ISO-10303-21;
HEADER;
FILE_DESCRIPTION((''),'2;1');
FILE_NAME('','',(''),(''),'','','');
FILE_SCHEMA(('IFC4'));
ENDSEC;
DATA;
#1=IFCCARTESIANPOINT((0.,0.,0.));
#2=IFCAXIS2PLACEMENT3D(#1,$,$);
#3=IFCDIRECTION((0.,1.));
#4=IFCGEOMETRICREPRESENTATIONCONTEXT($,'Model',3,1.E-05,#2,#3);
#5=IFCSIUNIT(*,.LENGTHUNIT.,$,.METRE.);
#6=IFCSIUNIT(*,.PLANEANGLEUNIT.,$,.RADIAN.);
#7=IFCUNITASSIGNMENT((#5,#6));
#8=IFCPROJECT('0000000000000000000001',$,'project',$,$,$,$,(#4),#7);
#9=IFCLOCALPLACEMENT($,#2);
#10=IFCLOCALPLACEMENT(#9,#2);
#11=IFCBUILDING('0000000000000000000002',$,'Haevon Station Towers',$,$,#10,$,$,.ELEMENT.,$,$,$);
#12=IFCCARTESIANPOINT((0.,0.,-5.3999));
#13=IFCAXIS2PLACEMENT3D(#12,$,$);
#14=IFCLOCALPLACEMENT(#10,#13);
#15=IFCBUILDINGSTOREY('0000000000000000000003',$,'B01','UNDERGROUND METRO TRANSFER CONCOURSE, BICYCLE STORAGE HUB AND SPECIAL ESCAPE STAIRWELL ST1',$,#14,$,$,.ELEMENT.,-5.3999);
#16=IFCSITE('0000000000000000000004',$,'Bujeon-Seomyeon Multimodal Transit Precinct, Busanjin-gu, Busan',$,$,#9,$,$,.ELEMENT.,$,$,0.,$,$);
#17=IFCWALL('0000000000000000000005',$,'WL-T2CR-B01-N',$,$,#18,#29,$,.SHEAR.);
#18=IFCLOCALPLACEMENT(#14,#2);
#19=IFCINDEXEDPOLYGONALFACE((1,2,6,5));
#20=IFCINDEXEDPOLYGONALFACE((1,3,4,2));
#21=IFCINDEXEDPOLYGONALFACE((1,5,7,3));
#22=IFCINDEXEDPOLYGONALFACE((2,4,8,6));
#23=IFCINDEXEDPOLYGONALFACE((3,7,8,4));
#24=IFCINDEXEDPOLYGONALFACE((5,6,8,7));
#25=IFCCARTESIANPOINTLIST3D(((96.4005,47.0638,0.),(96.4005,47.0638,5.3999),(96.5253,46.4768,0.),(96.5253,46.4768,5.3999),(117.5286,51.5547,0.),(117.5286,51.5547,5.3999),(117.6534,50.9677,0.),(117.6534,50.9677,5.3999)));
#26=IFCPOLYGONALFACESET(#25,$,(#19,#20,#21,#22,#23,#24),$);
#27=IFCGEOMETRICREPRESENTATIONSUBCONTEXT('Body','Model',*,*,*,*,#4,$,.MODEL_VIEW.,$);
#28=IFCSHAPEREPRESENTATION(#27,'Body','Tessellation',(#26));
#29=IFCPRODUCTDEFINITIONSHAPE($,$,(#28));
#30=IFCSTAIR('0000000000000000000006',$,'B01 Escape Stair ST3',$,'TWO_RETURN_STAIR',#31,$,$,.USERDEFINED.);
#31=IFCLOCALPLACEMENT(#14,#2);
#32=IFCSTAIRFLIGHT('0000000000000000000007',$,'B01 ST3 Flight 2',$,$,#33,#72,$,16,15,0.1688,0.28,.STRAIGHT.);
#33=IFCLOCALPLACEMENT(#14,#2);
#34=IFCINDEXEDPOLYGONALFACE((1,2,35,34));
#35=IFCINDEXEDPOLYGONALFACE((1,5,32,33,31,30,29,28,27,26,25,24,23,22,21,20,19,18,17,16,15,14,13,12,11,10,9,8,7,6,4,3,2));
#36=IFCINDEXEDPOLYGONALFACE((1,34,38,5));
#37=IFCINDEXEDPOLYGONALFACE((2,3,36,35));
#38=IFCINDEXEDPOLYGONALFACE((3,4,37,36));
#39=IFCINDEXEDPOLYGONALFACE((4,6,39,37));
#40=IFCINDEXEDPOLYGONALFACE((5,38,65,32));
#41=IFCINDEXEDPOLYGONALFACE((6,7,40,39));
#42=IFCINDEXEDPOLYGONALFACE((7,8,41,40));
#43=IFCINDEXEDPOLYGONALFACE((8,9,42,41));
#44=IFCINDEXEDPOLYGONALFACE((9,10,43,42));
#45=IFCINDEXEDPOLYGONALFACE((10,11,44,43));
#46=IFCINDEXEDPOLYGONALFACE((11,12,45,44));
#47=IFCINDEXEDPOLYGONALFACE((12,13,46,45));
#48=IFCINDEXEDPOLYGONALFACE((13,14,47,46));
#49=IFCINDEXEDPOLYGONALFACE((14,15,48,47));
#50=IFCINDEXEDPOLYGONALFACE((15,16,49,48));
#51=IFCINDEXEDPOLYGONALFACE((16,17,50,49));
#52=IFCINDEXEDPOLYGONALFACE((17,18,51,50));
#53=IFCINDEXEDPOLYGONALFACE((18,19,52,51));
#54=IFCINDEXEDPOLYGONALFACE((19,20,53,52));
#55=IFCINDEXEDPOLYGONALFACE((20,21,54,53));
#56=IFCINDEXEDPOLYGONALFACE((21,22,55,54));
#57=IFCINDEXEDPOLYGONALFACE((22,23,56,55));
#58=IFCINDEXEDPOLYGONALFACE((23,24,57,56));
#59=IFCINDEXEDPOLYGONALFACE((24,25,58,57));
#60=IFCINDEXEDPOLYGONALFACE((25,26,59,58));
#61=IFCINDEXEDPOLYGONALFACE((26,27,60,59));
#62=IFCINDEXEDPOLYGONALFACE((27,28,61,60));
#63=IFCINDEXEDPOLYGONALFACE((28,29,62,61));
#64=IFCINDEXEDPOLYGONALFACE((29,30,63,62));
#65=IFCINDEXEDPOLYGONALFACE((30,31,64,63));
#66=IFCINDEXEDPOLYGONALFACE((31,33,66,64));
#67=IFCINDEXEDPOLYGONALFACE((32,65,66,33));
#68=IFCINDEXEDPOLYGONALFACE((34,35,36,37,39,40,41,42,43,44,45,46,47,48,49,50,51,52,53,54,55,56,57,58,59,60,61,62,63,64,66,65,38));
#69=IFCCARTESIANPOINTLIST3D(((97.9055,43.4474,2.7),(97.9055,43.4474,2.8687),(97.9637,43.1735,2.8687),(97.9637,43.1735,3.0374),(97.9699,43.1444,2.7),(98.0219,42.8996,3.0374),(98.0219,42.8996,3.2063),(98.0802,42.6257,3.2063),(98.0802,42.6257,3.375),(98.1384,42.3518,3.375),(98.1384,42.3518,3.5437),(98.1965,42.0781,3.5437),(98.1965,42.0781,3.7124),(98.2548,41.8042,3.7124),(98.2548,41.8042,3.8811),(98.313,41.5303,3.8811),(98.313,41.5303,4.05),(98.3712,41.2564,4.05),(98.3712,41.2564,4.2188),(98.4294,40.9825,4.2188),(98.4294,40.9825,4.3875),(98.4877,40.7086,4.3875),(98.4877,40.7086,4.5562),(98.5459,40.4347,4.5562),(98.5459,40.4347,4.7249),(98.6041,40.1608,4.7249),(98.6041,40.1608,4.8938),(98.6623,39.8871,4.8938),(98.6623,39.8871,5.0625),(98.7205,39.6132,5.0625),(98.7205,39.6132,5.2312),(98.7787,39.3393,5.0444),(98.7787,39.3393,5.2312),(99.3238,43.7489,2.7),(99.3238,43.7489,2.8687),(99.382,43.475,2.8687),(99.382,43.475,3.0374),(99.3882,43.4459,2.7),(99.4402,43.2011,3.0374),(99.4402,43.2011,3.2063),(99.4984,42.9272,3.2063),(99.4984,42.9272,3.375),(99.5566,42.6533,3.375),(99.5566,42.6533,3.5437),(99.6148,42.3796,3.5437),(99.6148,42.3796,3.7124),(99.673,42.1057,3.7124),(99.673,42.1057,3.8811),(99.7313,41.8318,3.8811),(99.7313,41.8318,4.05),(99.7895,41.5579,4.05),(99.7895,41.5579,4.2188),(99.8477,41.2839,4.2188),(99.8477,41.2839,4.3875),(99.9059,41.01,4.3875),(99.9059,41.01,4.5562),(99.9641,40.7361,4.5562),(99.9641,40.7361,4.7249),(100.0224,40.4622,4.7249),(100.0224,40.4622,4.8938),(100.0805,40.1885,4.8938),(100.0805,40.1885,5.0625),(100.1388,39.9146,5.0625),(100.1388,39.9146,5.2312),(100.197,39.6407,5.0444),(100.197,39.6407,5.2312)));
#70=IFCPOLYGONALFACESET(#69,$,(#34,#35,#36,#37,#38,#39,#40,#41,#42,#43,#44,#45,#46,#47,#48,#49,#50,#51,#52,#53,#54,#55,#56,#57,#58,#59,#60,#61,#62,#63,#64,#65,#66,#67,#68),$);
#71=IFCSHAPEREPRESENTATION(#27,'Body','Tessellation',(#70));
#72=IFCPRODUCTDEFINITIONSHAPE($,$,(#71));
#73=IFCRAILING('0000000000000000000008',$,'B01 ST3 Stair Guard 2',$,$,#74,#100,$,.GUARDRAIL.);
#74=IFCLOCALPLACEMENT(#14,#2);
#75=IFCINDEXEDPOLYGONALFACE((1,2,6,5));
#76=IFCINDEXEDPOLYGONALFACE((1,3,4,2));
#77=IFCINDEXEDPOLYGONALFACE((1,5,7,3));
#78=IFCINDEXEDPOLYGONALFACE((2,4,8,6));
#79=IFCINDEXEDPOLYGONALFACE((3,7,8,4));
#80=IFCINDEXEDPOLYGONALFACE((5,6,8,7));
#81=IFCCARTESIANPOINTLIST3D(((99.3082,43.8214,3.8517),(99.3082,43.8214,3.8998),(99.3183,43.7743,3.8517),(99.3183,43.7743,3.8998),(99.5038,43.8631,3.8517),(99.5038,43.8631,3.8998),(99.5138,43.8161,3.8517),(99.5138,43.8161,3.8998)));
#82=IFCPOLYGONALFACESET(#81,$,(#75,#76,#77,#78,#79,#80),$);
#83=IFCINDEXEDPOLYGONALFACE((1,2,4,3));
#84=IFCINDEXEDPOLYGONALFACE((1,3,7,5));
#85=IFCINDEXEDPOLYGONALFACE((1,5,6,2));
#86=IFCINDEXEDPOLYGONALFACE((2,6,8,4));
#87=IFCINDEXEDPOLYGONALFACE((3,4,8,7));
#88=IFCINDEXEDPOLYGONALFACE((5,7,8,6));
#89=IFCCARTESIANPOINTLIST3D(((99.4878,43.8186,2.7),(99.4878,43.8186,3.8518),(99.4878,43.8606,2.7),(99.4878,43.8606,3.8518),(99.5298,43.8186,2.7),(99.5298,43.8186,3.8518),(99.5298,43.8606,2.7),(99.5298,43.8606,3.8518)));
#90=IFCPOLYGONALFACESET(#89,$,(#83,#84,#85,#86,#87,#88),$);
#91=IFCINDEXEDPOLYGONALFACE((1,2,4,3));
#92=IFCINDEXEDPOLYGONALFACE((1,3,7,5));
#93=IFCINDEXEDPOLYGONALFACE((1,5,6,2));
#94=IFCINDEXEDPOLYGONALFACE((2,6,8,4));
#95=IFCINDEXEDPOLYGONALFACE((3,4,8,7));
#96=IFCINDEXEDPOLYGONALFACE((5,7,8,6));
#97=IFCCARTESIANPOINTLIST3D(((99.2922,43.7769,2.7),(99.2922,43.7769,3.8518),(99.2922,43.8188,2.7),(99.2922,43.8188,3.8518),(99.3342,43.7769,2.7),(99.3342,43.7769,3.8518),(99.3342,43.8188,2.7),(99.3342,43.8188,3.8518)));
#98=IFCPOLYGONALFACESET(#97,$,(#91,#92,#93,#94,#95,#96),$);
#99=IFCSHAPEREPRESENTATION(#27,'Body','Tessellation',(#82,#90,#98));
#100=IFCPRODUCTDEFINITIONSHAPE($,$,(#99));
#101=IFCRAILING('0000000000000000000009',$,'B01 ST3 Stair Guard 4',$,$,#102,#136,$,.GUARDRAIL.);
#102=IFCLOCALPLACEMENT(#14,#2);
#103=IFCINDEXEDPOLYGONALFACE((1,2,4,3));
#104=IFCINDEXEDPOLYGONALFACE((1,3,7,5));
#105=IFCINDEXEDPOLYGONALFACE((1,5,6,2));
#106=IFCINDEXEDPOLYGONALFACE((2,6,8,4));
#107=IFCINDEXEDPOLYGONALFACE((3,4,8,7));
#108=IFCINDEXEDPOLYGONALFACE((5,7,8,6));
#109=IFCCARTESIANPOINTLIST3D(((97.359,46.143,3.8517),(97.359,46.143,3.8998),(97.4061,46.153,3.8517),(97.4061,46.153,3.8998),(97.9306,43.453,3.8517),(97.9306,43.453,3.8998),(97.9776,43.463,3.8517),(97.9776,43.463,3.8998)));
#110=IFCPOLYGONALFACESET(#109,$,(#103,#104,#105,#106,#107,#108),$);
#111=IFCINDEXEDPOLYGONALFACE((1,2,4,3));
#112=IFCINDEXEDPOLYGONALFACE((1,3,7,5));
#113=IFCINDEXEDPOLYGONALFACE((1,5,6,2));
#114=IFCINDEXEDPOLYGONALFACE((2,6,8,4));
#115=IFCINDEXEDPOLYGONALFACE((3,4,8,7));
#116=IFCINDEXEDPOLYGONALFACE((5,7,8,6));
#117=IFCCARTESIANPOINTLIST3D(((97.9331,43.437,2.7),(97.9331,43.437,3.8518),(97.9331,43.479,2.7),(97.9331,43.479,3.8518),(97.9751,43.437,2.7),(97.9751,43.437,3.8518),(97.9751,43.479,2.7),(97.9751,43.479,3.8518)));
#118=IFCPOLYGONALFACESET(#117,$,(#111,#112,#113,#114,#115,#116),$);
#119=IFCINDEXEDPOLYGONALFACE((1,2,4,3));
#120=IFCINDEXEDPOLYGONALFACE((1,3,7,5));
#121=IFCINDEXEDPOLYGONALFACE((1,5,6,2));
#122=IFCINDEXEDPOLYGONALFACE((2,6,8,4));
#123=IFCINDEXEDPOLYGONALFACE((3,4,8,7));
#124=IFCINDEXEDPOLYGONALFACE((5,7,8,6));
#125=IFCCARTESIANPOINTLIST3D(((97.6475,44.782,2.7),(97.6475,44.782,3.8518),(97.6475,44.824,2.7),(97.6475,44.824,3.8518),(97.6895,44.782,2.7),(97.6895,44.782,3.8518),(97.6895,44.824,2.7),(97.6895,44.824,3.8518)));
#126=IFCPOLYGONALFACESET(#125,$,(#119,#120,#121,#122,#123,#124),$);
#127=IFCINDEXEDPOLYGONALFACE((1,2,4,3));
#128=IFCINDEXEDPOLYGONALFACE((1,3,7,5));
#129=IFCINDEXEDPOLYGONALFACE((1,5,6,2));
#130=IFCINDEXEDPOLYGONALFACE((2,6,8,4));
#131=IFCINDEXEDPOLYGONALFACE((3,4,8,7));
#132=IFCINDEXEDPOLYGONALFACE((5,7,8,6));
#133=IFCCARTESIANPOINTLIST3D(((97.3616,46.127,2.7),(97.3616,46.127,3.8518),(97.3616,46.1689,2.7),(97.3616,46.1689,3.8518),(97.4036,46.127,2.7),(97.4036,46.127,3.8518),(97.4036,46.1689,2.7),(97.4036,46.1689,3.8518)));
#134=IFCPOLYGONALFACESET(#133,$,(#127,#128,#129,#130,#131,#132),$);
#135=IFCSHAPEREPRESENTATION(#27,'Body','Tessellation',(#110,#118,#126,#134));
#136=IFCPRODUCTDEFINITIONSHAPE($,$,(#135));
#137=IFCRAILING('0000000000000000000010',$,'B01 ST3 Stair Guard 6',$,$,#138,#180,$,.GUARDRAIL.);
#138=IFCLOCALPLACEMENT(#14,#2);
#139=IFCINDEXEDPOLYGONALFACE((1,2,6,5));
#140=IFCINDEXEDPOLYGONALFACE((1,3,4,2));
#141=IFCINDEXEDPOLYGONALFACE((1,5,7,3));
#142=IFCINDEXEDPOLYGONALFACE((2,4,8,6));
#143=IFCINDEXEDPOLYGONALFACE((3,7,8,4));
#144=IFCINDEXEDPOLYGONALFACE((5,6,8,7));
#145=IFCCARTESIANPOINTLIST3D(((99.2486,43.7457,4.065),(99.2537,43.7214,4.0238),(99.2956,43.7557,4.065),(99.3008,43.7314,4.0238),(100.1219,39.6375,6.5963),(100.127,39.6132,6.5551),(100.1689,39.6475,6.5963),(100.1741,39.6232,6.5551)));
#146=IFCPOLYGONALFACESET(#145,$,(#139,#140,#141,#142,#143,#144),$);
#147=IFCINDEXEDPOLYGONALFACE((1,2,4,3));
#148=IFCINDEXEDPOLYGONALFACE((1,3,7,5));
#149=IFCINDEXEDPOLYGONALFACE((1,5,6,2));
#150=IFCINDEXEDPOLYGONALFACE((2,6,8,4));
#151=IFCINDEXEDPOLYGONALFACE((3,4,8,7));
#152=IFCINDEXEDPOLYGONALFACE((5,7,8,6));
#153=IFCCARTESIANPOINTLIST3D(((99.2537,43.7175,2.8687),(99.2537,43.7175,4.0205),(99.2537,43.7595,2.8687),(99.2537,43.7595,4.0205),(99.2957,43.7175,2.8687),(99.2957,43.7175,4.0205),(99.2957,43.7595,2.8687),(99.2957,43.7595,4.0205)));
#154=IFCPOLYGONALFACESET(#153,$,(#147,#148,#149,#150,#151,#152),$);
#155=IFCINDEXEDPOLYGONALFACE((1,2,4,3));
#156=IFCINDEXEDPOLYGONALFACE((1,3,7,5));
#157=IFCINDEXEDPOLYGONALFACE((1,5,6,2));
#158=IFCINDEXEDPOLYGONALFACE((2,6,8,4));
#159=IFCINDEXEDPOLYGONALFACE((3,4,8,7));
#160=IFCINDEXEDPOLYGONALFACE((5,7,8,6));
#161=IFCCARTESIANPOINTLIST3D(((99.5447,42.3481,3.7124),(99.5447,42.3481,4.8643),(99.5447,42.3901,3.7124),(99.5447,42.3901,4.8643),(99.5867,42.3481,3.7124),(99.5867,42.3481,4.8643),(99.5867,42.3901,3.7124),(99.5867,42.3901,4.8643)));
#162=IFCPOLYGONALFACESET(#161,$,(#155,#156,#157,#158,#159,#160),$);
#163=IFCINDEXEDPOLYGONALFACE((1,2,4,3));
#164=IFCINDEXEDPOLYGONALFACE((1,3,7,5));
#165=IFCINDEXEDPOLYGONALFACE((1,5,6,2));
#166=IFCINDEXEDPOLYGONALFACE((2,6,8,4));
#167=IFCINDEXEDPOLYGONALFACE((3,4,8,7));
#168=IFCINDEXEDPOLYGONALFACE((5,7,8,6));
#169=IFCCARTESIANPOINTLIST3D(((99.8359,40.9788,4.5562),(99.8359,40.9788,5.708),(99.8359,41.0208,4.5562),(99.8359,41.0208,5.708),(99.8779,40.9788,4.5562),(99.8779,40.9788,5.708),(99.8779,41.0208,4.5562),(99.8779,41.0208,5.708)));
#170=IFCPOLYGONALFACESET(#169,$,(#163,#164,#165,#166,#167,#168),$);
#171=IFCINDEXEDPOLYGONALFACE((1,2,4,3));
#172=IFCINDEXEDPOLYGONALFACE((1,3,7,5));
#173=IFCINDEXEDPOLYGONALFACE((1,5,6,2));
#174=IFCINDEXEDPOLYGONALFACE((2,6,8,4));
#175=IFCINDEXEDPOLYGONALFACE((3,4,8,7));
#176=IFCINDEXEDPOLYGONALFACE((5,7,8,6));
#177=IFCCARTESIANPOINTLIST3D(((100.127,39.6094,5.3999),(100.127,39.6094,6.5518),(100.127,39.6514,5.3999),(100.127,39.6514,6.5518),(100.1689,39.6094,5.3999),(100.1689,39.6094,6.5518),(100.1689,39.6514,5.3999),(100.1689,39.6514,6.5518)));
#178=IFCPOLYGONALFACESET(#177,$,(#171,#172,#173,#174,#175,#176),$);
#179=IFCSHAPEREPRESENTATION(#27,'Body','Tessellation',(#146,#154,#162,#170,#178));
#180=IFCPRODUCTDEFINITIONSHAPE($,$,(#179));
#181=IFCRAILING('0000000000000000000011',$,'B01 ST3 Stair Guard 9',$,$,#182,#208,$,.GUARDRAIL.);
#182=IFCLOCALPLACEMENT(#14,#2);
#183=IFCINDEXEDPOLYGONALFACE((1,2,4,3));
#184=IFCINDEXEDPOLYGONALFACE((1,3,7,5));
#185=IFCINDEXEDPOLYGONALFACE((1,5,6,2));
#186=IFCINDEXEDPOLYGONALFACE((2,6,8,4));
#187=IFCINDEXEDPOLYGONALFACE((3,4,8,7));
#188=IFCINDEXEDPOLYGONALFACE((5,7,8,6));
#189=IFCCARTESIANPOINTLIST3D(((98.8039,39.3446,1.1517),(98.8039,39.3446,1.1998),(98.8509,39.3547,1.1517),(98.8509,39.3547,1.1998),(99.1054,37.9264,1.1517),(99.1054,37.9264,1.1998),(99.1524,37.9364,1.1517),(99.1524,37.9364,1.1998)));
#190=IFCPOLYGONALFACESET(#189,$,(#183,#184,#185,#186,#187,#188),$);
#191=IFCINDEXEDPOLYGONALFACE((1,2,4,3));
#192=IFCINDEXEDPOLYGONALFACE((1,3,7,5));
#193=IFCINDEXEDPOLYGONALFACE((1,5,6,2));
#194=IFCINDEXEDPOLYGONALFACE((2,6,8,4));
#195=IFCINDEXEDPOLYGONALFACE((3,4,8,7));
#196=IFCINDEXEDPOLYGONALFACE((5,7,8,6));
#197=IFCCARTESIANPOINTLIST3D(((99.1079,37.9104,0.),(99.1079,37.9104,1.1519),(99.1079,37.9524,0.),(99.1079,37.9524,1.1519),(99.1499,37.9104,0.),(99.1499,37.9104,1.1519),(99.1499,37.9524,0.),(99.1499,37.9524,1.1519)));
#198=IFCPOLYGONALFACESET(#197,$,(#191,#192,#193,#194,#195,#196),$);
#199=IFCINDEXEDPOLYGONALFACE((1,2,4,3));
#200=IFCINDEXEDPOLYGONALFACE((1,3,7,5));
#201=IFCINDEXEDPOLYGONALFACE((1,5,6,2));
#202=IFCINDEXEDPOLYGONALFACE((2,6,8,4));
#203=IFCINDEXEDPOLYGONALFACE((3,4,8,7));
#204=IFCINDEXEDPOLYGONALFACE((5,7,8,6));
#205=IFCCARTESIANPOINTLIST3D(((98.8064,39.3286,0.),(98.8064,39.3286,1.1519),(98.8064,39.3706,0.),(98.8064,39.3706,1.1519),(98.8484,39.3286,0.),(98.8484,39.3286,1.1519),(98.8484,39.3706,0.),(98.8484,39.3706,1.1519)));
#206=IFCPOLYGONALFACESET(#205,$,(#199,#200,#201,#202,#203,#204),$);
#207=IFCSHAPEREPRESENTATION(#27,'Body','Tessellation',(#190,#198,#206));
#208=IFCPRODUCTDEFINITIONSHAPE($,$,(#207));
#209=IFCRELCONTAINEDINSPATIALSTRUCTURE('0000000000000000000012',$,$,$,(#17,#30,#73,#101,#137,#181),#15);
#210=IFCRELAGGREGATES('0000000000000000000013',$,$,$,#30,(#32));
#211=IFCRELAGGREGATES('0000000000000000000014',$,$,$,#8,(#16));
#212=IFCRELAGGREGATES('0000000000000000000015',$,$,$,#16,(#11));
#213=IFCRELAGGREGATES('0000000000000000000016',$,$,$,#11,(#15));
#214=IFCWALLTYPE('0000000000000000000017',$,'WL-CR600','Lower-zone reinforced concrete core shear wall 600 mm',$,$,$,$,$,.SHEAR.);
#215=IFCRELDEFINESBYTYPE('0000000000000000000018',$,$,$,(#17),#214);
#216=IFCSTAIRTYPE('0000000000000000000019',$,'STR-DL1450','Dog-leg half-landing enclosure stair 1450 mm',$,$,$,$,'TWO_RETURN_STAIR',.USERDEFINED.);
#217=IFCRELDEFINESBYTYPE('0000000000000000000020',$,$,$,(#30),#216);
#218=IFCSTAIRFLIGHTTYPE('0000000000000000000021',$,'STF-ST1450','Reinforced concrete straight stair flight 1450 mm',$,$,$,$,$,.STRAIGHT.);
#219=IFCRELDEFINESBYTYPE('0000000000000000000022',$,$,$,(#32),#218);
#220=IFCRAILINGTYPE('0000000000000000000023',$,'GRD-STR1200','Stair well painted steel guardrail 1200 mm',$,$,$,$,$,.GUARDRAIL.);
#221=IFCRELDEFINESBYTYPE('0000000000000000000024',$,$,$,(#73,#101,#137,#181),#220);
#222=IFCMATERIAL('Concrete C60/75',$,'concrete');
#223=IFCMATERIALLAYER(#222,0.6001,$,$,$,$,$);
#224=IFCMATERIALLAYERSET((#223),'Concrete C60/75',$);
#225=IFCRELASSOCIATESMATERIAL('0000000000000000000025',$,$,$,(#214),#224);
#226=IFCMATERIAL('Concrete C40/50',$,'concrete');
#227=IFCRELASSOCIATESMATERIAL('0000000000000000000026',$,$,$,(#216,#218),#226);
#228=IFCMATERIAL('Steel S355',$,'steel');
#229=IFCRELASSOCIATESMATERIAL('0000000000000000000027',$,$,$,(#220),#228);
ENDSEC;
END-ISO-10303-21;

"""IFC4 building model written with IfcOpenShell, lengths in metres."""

from ifc_helpers import new_model, si_unit, direction, frame, frame_2d, origin, origin_2d, place, context, subcontext, project, spatial, polyline, rectangle, outline, extrude, material, layer, layer_set, type_object, element, aggregate, save


model = new_model("IFC4")

# Units and contexts
model_context = context("Model", 3, precision=1e-05, world=origin(), true_north=direction((0.0, 1.0)))
body_context = subcontext(model_context, "Body", "Model", "MODEL_VIEW")
ifc_project = project(units=[si_unit("LENGTHUNIT", "METRE"), si_unit("PLANEANGLEUNIT", "RADIAN")], contexts=[model_context])

# Site, building, storey
site_placement = place(None, origin())
site = spatial("IfcSite", under=ifc_project, at=site_placement, Name="Bujeon-Seomyeon Multimodal Transit Precinct, Busanjin-gu, Busan", CompositionType="ELEMENT", RefElevation=0.0)
building_placement = place(site_placement, origin())
building = spatial("IfcBuilding", under=site, at=building_placement, Name="Haevon Station Towers", CompositionType="ELEMENT")
storey_placement = place(building_placement, frame((0.0, 0.0, -5.3999)))
storey = spatial("IfcBuildingStorey", under=building, at=storey_placement, Name="B01", Description="UNDERGROUND METRO TRANSFER CONCOURSE, BICYCLE STORAGE HUB AND SPECIAL ESCAPE STAIRWELL ST1", CompositionType="ELEMENT", Elevation=-5.3999)

# Shared definitions
ifc_material_1 = material(Name="Steel S355", Category="steel")

# Wall
ifc_material_2 = material(Name="Concrete C60/75", Category="concrete")
ifc_layer_1 = layer(ifc_material_2, 0.6001)
ifc_layer_set_1 = layer_set([ifc_layer_1], Name="Concrete C60/75")
wall_type_1 = type_object("IfcWallType", Name="WL-CR600", Description="Lower-zone reinforced concrete core shear wall 600 mm", PredefinedType="SHEAR", material=ifc_layer_set_1)
wall_1_placement = place(storey_placement, frame((96.4629, 46.7703, 0.0), z_axis=(0.0, 0.0, 1.0), x_axis=(0.978147, 0.207913, 0.0)))
element("IfcWall", 1, at=wall_1_placement, inside=storey, type_object=wall_type_1, Name="WL-T2CR-B01-N", PredefinedType="SHEAR", context=body_context, shape_type="SweptSolid", body=[
    extrude(rectangle(XDim=21.6001, YDim=0.6001, at=frame_2d((10.8, 0.0))), origin(), (0.0, 0.0, 1.0), 5.3999),
])

# Stair, stair flight
ifc_material_3 = material(Name="Concrete C40/50", Category="concrete")
stair_type = type_object("IfcStairType", Name="STR-DL1450", Description="Dog-leg half-landing enclosure stair 1450 mm", ElementType="TWO_RETURN_STAIR", PredefinedType="USERDEFINED", material=ifc_material_3)
stair_placement = place(storey_placement, origin())
stair = element("IfcStair", 2, at=stair_placement, inside=storey, type_object=stair_type, Name="B01 Escape Stair ST3", ObjectType="TWO_RETURN_STAIR", PredefinedType="USERDEFINED")
stair_flight_type = type_object("IfcStairFlightType", Name="STF-ST1450", Description="Reinforced concrete straight stair flight 1450 mm", PredefinedType="STRAIGHT", material=ifc_material_3)
stair_flight_placement = place(storey_placement, frame((98.6145, 43.5981, 2.7), z_axis=(0.0, 0.0, 1.0), x_axis=(0.207912, -0.978148, 0.0)))
stair_flight = element("IfcStairFlight", 3, at=stair_flight_placement, type_object=stair_flight_type, Name="B01 ST3 Flight 2", NumberOfRisers=16, NumberOfTreads=15, PredefinedType="STRAIGHT", RiserHeight=0.1688, TreadLength=0.28, context=body_context, shape_type="SweptSolid", body=[
    extrude(outline(polyline([(0.0, 0.0), (0.0, 0.1687), (0.28, 0.1687), (0.28, 0.3374), (0.5601, 0.3374), (0.5601, 0.5063), (0.8401, 0.5063), (0.8401, 0.675), (1.1201, 0.675), (1.1201, 0.8438), (1.3999, 0.8438), (1.3999, 1.0125), (1.6799, 1.0125), (1.6799, 1.1812), (1.96, 1.1812), (1.96, 1.3501), (2.24, 1.3501), (2.24, 1.5188), (2.52, 1.5188), (2.52, 1.6875), (2.8, 1.6875), (2.8, 1.8562), (3.0801, 1.8562), (3.0801, 2.0249), (3.3601, 2.0249), (3.3601, 2.1938), (3.6399, 2.1938), (3.6399, 2.3625), (3.9199, 2.3625), (3.9199, 2.5312), (4.2, 2.5312), (4.2, 2.7), (4.2, 2.3445), (0.3098, 0.0), (0.0, 0.0)])), frame((0.0, 0.7251, 0.0), z_axis=(0.0, -1.0, 0.0), x_axis=(1.0, 0.0, 0.0)), (0.0, 0.0, 1.0), 1.45),
])
aggregate(stair, [stair_flight])

# Railings
railing_type_1 = type_object("IfcRailingType", Name="GRD-STR1200", Description="Stair well painted steel guardrail 1200 mm", PredefinedType="GUARDRAIL", material=ifc_material_1)
railing_1_placement = place(storey_placement, frame((99.5088, 43.8396, 2.7)))
element("IfcRailing", 4, at=railing_1_placement, inside=storey, type_object=railing_type_1, Name="B01 ST3 Stair Guard 2", PredefinedType="GUARDRAIL", context=body_context, shape_type="SweptSolid", body=[
    extrude(rectangle(XDim=0.0481, YDim=0.0481, at=origin_2d()), frame((0.0, 0.0, 1.1758), z_axis=(-0.977963, -0.208779, 0.0), x_axis=(0.208779, -0.977963, 0.0)), (0.0, 0.0, 1.0), 0.2),
    extrude(rectangle(XDim=0.042, YDim=0.042, at=origin_2d()), origin(), (0.0, 0.0, 1.0), 1.1519),
    extrude(rectangle(XDim=0.042, YDim=0.042, at=origin_2d()), frame((-0.1956, -0.0417, 0.0)), (0.0, 0.0, 1.0), 1.1519),
])
railing_2_placement = place(storey_placement, frame((97.9541, 43.458, 2.7)))
element("IfcRailing", 5, at=railing_2_placement, inside=storey, type_object=railing_type_1, Name="B01 ST3 Stair Guard 4", PredefinedType="GUARDRAIL", context=body_context, shape_type="SweptSolid", body=[
    extrude(rectangle(XDim=0.0481, YDim=0.0481, at=origin_2d()), frame((0.0, 0.0, 1.1758), z_axis=(-0.207831, 0.978165, 0.0), x_axis=(-0.978165, -0.207831, 0.0)), (0.0, 0.0, 1.0), 2.75),
    extrude(rectangle(XDim=0.042, YDim=0.042, at=origin_2d()), origin(), (0.0, 0.0, 1.0), 1.1519),
    extrude(rectangle(XDim=0.042, YDim=0.042, at=origin_2d()), frame((-0.2856, 1.345, 0.0)), (0.0, 0.0, 1.0), 1.1519),
    extrude(rectangle(XDim=0.042, YDim=0.042, at=origin_2d()), frame((-0.5715, 2.6899, 0.0)), (0.0, 0.0, 1.0), 1.1519),
])
railing_3_placement = place(storey_placement, frame((99.2747, 43.7385, 2.8687)))
element("IfcRailing", 6, at=railing_3_placement, inside=storey, type_object=railing_type_1, Name="B01 ST3 Stair Guard 6", PredefinedType="GUARDRAIL", context=body_context, shape_type="SweptSolid", body=[
    extrude(rectangle(XDim=0.0481, YDim=0.0481, at=origin_2d()), frame((0.0, 0.0, 1.1758), z_axis=(0.178086, -0.837757, 0.516186), x_axis=(0.978144, 0.207929, 0.0)), (0.0, 0.0, 1.0), 4.9038),
    extrude(rectangle(XDim=0.042, YDim=0.042, at=origin_2d()), origin(), (0.0, 0.0, 1.0), 1.1519),
    extrude(rectangle(XDim=0.042, YDim=0.042, at=origin_2d()), frame((0.291, -1.3694, 0.8438)), (0.0, 0.0, 1.0), 1.1519),
    extrude(rectangle(XDim=0.042, YDim=0.042, at=origin_2d()), frame((0.5823, -2.7388, 1.6875)), (0.0, 0.0, 1.0), 1.1519),
    extrude(rectangle(XDim=0.042, YDim=0.042, at=origin_2d()), frame((0.8733, -4.1082, 2.5312)), (0.0, 0.0, 1.0), 1.1519),
])
railing_4_placement = place(storey_placement, frame((99.1289, 37.9314, 0.0)))
element("IfcRailing", 7, at=railing_4_placement, inside=storey, type_object=railing_type_1, Name="B01 ST3 Stair Guard 9", PredefinedType="GUARDRAIL", context=body_context, shape_type="SweptSolid", body=[
    extrude(rectangle(XDim=0.0481, YDim=0.0481, at=origin_2d()), frame((0.0, 0.0, 1.1758), z_axis=(-0.207953, 0.978139, 0.0), x_axis=(-0.978139, -0.207953, 0.0)), (0.0, 0.0, 1.0), 1.45),
    extrude(rectangle(XDim=0.042, YDim=0.042, at=origin_2d()), origin(), (0.0, 0.0, 1.0), 1.1519),
    extrude(rectangle(XDim=0.042, YDim=0.042, at=origin_2d()), frame((-0.3015, 1.4182, 0.0)), (0.0, 0.0, 1.0), 1.1519),
])

save(model, "model.ifc")
